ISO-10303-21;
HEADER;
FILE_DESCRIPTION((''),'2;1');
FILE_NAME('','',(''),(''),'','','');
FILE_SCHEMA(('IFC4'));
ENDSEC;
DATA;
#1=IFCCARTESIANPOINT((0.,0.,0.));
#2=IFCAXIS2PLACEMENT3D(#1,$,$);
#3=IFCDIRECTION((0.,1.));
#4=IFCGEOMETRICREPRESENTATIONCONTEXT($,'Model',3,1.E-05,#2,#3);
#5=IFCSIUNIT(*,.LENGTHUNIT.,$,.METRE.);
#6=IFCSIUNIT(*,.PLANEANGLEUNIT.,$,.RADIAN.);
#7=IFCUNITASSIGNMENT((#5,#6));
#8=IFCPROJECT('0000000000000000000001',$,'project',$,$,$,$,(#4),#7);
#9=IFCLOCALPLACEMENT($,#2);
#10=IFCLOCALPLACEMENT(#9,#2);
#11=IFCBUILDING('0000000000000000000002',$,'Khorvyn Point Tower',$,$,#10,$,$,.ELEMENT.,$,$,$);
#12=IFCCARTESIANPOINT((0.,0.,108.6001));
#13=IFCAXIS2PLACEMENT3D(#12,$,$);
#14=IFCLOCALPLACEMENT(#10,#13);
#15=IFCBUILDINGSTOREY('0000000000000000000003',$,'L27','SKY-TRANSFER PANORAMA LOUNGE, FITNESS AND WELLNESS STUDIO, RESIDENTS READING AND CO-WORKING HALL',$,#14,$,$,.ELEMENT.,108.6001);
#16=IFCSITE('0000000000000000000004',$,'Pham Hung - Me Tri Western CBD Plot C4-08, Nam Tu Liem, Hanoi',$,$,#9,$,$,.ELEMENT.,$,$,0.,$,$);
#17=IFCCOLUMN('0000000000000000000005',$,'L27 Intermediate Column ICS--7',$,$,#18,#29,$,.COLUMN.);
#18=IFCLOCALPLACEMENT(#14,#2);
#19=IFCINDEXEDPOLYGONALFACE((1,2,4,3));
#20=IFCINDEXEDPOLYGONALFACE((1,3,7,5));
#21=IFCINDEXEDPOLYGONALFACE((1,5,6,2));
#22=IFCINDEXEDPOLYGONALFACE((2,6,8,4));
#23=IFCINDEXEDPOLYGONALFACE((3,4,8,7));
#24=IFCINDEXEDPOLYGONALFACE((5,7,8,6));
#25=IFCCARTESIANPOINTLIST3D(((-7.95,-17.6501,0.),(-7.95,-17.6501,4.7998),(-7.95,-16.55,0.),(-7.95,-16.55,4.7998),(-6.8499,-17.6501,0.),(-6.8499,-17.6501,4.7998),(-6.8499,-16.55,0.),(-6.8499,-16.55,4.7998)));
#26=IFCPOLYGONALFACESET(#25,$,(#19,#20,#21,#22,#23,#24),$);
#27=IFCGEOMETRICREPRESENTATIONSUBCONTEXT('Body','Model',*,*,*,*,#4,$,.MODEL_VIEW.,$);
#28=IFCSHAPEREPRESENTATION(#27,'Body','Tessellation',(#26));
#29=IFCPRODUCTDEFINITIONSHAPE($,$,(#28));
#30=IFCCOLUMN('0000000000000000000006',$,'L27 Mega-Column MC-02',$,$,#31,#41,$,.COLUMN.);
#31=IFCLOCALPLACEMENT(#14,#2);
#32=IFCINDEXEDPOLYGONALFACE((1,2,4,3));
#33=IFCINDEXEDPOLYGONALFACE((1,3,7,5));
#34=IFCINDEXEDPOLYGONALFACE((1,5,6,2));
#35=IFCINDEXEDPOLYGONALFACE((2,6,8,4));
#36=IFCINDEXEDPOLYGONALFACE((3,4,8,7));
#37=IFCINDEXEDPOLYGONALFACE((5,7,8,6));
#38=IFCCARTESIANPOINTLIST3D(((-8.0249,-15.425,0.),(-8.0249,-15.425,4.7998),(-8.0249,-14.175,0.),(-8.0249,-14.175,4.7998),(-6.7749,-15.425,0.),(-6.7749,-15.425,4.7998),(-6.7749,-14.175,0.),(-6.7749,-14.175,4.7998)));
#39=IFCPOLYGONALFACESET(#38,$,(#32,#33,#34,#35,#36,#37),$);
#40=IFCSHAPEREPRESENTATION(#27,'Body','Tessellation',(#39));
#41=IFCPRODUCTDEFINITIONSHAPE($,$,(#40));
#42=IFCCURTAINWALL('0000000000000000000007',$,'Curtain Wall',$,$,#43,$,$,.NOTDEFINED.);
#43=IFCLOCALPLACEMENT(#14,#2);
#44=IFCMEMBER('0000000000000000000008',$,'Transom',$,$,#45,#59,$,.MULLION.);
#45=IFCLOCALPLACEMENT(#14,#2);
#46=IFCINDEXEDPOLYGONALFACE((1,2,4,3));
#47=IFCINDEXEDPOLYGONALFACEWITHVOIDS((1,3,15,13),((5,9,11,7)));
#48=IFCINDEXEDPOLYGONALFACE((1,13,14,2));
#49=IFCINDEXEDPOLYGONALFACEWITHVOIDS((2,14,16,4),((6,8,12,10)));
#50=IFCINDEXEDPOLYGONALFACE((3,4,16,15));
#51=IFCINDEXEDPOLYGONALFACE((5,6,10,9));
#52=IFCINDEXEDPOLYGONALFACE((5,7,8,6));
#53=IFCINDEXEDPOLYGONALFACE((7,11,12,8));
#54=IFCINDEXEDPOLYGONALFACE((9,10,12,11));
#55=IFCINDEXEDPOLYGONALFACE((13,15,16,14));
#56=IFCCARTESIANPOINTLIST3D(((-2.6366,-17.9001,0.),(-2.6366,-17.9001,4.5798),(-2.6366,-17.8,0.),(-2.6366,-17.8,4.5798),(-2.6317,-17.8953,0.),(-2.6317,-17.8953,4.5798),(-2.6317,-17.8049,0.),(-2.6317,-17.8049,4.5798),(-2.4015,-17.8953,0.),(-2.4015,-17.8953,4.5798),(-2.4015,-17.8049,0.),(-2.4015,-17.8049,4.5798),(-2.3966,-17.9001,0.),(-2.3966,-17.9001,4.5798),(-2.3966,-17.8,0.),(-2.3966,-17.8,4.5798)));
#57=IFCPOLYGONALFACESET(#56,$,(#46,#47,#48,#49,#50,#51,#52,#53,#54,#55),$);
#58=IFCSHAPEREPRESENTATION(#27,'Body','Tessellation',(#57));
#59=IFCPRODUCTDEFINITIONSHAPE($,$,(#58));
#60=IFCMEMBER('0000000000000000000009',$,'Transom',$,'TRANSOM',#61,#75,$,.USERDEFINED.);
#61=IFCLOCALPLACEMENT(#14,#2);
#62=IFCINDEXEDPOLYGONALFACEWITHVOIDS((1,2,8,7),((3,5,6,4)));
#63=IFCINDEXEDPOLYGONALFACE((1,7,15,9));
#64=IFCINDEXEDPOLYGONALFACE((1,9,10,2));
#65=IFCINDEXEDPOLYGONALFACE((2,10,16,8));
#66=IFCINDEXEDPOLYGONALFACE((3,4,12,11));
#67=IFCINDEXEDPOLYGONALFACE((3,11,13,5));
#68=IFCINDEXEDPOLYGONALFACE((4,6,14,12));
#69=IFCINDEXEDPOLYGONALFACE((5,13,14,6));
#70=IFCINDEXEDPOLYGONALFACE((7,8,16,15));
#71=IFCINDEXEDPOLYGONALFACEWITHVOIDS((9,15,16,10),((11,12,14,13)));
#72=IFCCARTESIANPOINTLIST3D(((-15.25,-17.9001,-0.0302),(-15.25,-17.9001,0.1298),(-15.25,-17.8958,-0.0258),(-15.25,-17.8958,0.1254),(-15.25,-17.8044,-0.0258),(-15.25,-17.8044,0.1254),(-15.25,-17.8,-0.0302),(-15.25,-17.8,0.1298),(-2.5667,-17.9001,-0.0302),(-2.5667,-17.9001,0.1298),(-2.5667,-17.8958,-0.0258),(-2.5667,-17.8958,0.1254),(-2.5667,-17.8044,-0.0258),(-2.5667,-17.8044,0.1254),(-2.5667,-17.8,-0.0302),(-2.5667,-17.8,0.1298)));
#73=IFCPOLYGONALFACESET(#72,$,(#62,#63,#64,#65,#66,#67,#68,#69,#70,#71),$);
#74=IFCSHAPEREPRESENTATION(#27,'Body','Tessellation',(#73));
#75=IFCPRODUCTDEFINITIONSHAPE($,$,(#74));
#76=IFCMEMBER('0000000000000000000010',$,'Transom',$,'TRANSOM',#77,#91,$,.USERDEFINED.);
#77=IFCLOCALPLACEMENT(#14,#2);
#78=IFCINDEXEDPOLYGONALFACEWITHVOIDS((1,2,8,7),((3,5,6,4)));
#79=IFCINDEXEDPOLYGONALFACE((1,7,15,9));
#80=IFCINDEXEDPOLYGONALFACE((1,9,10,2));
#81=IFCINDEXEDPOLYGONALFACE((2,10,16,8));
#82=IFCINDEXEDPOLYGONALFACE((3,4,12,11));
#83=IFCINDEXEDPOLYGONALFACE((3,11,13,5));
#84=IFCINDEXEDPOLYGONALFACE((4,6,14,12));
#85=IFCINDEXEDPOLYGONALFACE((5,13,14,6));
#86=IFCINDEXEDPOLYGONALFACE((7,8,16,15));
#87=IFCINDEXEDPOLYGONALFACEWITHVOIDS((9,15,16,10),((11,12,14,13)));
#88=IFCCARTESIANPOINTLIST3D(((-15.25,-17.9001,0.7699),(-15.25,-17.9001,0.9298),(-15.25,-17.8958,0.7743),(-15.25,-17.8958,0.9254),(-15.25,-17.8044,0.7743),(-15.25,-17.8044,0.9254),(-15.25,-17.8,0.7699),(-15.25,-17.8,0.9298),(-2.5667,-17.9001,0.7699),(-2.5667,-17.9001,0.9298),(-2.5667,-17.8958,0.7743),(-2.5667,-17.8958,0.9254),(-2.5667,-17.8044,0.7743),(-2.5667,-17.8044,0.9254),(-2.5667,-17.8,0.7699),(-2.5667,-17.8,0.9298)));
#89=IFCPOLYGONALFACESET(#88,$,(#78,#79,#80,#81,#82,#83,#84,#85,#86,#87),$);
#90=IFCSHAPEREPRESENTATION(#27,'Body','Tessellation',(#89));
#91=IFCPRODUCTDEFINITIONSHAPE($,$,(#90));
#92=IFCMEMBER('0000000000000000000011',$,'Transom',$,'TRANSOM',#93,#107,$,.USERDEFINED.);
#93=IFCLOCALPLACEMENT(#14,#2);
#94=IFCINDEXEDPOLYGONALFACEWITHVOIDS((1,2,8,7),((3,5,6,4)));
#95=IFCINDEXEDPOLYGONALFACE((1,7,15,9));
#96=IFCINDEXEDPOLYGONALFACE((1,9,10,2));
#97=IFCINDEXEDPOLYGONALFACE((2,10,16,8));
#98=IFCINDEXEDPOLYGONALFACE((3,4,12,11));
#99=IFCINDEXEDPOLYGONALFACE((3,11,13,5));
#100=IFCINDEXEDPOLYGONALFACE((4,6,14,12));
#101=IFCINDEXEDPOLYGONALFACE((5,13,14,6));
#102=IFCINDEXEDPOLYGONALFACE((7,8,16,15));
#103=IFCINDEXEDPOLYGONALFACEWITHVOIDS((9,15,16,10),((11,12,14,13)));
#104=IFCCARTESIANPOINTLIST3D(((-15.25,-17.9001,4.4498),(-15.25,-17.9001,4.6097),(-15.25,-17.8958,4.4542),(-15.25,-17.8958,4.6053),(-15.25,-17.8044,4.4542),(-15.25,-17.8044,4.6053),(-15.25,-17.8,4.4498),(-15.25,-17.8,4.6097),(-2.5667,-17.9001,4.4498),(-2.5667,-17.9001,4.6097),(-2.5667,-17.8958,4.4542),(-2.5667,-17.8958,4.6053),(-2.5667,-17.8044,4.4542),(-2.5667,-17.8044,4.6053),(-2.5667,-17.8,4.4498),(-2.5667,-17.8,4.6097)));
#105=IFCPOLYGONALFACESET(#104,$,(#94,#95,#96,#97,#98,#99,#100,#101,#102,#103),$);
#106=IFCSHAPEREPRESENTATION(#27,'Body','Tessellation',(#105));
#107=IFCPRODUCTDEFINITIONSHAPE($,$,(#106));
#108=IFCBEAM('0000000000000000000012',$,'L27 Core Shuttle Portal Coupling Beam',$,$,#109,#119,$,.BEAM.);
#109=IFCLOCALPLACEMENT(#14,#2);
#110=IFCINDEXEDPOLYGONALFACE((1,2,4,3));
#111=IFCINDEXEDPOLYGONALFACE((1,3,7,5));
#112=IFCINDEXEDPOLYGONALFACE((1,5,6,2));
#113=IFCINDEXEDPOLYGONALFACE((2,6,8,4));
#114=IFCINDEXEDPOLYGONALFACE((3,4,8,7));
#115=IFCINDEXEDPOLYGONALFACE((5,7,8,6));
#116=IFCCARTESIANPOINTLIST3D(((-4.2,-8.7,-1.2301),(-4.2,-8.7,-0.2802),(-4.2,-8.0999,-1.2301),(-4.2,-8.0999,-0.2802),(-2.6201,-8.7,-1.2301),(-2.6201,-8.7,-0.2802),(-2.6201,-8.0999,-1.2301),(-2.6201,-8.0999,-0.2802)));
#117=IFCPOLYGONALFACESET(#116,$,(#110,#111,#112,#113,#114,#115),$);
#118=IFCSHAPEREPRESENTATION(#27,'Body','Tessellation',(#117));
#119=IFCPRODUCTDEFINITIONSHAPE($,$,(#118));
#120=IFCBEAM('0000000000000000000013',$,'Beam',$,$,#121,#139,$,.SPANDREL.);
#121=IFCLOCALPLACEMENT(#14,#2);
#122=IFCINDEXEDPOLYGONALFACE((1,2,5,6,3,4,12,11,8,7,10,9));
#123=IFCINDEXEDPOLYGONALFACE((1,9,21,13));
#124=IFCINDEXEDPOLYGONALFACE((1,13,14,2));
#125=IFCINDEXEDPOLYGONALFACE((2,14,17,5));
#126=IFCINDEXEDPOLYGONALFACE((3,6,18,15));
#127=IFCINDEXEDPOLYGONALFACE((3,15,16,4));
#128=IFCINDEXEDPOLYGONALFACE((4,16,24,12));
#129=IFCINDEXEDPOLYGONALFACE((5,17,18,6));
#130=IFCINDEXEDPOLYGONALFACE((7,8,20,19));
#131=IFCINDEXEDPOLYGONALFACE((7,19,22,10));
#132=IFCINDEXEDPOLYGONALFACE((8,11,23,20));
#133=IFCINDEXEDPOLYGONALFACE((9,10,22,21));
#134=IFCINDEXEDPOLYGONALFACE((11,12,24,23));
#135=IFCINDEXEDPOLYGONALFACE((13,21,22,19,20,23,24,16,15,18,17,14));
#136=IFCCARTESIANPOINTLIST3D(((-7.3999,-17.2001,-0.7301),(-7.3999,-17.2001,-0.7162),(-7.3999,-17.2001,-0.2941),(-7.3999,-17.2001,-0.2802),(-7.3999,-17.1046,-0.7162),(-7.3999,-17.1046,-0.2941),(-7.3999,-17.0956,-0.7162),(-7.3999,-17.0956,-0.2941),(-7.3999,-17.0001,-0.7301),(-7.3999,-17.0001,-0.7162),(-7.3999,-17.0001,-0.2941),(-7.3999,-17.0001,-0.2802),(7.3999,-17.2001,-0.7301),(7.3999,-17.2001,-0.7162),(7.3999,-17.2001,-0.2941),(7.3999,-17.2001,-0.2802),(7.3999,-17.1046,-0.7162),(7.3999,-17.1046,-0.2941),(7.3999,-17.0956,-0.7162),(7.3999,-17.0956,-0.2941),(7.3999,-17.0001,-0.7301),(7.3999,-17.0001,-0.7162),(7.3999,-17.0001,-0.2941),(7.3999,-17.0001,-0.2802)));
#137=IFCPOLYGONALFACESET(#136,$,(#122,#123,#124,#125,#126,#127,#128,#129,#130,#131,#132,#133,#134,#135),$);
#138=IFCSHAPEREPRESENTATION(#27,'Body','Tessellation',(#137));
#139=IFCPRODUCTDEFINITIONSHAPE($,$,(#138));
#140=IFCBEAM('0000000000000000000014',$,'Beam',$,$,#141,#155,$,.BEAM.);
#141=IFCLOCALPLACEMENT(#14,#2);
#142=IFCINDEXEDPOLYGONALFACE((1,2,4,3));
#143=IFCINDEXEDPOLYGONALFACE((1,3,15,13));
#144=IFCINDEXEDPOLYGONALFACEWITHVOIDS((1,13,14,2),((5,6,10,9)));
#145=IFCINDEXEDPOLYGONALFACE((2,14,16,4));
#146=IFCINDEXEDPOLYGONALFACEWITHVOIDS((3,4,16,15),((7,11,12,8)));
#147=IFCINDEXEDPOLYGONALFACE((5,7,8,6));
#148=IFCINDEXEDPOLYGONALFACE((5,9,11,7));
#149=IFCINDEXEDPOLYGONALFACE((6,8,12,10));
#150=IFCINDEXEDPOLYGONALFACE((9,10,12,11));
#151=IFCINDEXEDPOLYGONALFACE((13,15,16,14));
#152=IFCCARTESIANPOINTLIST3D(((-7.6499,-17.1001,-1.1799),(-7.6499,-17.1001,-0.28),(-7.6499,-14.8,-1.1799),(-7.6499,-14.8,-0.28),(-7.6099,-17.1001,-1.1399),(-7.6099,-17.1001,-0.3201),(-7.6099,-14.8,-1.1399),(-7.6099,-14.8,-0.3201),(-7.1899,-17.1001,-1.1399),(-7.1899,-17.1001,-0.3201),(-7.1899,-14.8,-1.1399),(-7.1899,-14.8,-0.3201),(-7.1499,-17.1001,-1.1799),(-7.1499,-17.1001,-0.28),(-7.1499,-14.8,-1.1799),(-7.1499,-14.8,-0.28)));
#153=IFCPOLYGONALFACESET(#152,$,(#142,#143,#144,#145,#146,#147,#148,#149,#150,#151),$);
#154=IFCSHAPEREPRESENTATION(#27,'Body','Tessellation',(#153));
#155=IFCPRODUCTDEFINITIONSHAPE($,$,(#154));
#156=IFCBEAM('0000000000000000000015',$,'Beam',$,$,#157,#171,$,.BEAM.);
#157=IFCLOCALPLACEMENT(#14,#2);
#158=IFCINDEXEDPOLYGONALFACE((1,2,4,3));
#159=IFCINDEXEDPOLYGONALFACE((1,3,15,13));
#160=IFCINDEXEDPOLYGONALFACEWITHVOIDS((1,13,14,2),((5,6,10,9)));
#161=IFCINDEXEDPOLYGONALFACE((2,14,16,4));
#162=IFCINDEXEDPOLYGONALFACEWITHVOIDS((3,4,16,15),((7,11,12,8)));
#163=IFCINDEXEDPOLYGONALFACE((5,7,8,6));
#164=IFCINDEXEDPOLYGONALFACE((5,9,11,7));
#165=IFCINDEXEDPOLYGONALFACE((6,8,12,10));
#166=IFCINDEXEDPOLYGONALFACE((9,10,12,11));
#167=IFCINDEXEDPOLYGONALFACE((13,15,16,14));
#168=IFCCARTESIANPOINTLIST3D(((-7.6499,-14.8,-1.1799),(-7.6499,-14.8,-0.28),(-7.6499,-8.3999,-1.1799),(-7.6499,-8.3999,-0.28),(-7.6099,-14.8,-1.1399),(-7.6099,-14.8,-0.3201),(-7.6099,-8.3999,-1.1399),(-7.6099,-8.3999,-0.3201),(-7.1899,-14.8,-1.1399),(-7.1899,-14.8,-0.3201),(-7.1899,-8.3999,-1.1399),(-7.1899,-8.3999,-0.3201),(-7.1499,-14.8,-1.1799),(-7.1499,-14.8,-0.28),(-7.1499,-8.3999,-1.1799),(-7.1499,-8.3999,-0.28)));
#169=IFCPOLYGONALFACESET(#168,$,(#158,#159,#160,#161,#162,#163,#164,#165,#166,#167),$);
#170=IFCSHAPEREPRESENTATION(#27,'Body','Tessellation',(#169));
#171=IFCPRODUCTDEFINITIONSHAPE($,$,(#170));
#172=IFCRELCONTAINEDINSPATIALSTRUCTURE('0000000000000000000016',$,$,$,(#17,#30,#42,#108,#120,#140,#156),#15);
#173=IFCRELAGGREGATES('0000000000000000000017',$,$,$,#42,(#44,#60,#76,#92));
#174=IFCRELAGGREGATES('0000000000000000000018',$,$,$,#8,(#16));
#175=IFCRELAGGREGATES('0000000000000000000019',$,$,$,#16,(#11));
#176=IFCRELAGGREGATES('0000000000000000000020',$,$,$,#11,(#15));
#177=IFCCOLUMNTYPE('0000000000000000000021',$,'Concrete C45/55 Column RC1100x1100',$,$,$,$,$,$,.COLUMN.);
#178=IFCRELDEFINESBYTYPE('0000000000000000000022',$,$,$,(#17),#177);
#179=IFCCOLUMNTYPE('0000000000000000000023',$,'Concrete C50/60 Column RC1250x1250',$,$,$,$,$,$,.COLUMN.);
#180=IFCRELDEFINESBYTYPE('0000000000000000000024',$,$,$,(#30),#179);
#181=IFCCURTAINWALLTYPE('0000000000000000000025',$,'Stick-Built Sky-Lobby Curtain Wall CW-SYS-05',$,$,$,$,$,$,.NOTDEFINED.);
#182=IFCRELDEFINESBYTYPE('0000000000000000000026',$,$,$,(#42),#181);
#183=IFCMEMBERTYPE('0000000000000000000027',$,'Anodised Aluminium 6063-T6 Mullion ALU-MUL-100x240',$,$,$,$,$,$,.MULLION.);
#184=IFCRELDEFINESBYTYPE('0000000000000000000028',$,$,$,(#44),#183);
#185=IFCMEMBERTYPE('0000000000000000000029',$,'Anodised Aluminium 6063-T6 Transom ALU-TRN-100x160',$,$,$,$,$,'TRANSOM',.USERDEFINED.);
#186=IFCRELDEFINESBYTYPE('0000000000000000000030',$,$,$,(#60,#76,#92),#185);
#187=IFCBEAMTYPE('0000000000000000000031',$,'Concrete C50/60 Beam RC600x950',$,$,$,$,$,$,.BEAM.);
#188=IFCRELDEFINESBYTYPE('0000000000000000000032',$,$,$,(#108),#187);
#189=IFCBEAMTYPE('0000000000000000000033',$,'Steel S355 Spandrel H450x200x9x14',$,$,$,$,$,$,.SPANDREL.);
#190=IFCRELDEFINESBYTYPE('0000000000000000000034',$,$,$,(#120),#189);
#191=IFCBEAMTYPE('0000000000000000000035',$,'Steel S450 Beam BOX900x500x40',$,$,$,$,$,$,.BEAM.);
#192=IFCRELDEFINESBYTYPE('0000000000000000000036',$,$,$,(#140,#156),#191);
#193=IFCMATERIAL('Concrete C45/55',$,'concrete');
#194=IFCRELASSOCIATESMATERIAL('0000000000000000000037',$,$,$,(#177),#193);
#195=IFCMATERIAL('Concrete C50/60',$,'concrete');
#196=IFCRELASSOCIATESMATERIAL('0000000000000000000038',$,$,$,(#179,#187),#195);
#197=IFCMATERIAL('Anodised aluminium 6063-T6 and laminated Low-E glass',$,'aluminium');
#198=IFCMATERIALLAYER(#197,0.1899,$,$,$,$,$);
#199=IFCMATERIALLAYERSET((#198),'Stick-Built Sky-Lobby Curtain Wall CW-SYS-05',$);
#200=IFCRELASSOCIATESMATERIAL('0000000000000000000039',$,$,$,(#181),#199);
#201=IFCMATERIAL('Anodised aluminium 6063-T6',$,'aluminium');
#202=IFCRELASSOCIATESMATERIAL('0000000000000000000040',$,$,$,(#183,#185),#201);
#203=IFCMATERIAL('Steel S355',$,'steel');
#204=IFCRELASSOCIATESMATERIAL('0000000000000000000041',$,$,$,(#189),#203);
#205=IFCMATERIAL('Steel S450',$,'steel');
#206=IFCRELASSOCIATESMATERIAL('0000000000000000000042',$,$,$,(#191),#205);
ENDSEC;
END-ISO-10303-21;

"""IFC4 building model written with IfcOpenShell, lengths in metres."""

from ifc_helpers import new_model, si_unit, direction, frame, origin, origin_2d, place, context, subcontext, project, spatial, rectangle, hollow_rectangle, i_section, extrude, material, layer, layer_set, material_profile, profile_set, type_object, element, aggregate, save


model = new_model("IFC4")

# Units and contexts
model_context = context("Model", 3, precision=1e-05, world=origin(), true_north=direction((0.0, 1.0)))
body_context = subcontext(model_context, "Body", "Model", "MODEL_VIEW")
ifc_project = project(units=[si_unit("LENGTHUNIT", "METRE"), si_unit("PLANEANGLEUNIT", "RADIAN")], contexts=[model_context])

# Site, building, storey
site_placement = place(None, origin())
site = spatial("IfcSite", under=ifc_project, at=site_placement, Name="Pham Hung - Me Tri Western CBD Plot C4-08, Nam Tu Liem, Hanoi", CompositionType="ELEMENT", RefElevation=0.0)
building_placement = place(site_placement, origin())
building = spatial("IfcBuilding", under=site, at=building_placement, Name="Khorvyn Point Tower", CompositionType="ELEMENT")
storey_placement = place(building_placement, frame((0.0, 0.0, 108.6001)))
storey = spatial("IfcBuildingStorey", under=building, at=storey_placement, Name="L27", Description="SKY-TRANSFER PANORAMA LOUNGE, FITNESS AND WELLNESS STUDIO, RESIDENTS READING AND CO-WORKING HALL", CompositionType="ELEMENT", Elevation=108.6001)

# Columns
ifc_material_1 = material(Name="Concrete C45/55", Category="concrete")
ifc_material_profile_1 = material_profile(ifc_material_1, rectangle(XDim=1.1001, YDim=1.1001, at=origin_2d()))
ifc_profile_set_1 = profile_set([ifc_material_profile_1], Name="Concrete C45/55 RC1100x1100")
column_type_1 = type_object("IfcColumnType", Name="Concrete C45/55 Column RC1100x1100", PredefinedType="COLUMN", material=ifc_profile_set_1)
column_1_placement = place(storey_placement, frame((-7.3999, -17.1001, 0.0), z_axis=(0.0, 0.0, 1.0), x_axis=(1.0, 0.0, 0.0)))
element("IfcColumn", 1, at=column_1_placement, inside=storey, type_object=column_type_1, Name="L27 Intermediate Column ICS--7", PredefinedType="COLUMN", context=body_context, shape_type="SweptSolid", body=[
    extrude(rectangle(XDim=1.1001, YDim=1.1001, at=origin_2d()), origin(), (0.0, 0.0, 1.0), 4.7998),
])
ifc_material_2 = material(Name="Concrete C50/60", Category="concrete")
ifc_material_profile_2 = material_profile(ifc_material_2, rectangle(XDim=1.25, YDim=1.25, at=origin_2d()))
ifc_profile_set_2 = profile_set([ifc_material_profile_2], Name="Concrete C50/60 RC1250x1250")
column_type_2 = type_object("IfcColumnType", Name="Concrete C50/60 Column RC1250x1250", PredefinedType="COLUMN", material=ifc_profile_set_2)
column_2_placement = place(storey_placement, frame((-7.3999, -14.8, 0.0), z_axis=(0.0, 0.0, 1.0), x_axis=(1.0, 0.0, 0.0)))
element("IfcColumn", 2, at=column_2_placement, inside=storey, type_object=column_type_2, Name="L27 Mega-Column MC-02", PredefinedType="COLUMN", context=body_context, shape_type="SweptSolid", body=[
    extrude(rectangle(XDim=1.25, YDim=1.25, at=origin_2d()), origin(), (0.0, 0.0, 1.0), 4.7998),
])

# Curtain wall, members
ifc_material_3 = material(Name="Anodised aluminium 6063-T6 and laminated Low-E glass", Category="aluminium")
ifc_layer_1 = layer(ifc_material_3, 0.1899)
ifc_layer_set_1 = layer_set([ifc_layer_1], Name="Stick-Built Sky-Lobby Curtain Wall CW-SYS-05")
curtain_wall_type = type_object("IfcCurtainWallType", Name="Stick-Built Sky-Lobby Curtain Wall CW-SYS-05", PredefinedType="NOTDEFINED", material=ifc_layer_set_1)
curtain_wall_placement = place(storey_placement, origin())
curtain_wall = element("IfcCurtainWall", 3, at=curtain_wall_placement, inside=storey, type_object=curtain_wall_type, Name="Curtain Wall", PredefinedType="NOTDEFINED")
ifc_material_4 = material(Name="Anodised aluminium 6063-T6", Category="aluminium")
ifc_material_profile_3 = material_profile(ifc_material_4, hollow_rectangle(XDim=0.1001, YDim=0.24, WallThickness=0.0049, at=origin_2d()))
ifc_profile_set_3 = profile_set([ifc_material_profile_3], Name="Anodised aluminium 6063-T6 ALU-MUL-100x240")
member_type_1 = type_object("IfcMemberType", Name="Anodised Aluminium 6063-T6 Mullion ALU-MUL-100x240", PredefinedType="MULLION", material=ifc_profile_set_3)
member_1_placement = place(storey_placement, frame((-2.5166, -17.8501, 0.0), z_axis=(0.0, 0.0, 1.0), x_axis=(0.0, -1.0, 0.0)))
member_1 = element("IfcMember", 4, at=member_1_placement, type_object=member_type_1, Name="Transom", PredefinedType="MULLION", context=body_context, shape_type="SweptSolid", body=[
    extrude(hollow_rectangle(XDim=0.1001, YDim=0.24, WallThickness=0.0049, at=origin_2d()), origin(), (0.0, 0.0, 1.0), 4.5798),
])
ifc_material_profile_4 = material_profile(ifc_material_4, hollow_rectangle(XDim=0.1001, YDim=0.1599, WallThickness=0.0044, at=origin_2d()))
ifc_profile_set_4 = profile_set([ifc_material_profile_4], Name="Anodised aluminium 6063-T6 ALU-TRN-100x160")
member_type_2 = type_object("IfcMemberType", Name="Anodised Aluminium 6063-T6 Transom ALU-TRN-100x160", ElementType="TRANSOM", PredefinedType="USERDEFINED", material=ifc_profile_set_4)
member_2_placement = place(storey_placement, frame((-2.5667, -17.8501, 0.0498), z_axis=(-1.0, 0.0, 0.0), x_axis=(0.0, -1.0, 0.0)))
member_2 = element("IfcMember", 5, at=member_2_placement, type_object=member_type_2, Name="Transom", ObjectType="TRANSOM", PredefinedType="USERDEFINED", context=body_context, shape_type="SweptSolid", body=[
    extrude(hollow_rectangle(XDim=0.1001, YDim=0.1599, WallThickness=0.0044, at=origin_2d()), origin(), (0.0, 0.0, 1.0), 12.6833),
])
member_3_placement = place(storey_placement, frame((-2.5667, -17.8501, 0.8499), z_axis=(-1.0, 0.0, 0.0), x_axis=(0.0, -1.0, 0.0)))
member_3 = element("IfcMember", 6, at=member_3_placement, type_object=member_type_2, Name="Transom", ObjectType="TRANSOM", PredefinedType="USERDEFINED", context=body_context, shape_type="SweptSolid", body=[
    extrude(hollow_rectangle(XDim=0.1001, YDim=0.1599, WallThickness=0.0044, at=origin_2d()), origin(), (0.0, 0.0, 1.0), 12.6833),
])
member_4_placement = place(storey_placement, frame((-2.5667, -17.8501, 4.5298), z_axis=(-1.0, 0.0, 0.0), x_axis=(0.0, -1.0, 0.0)))
member_4 = element("IfcMember", 7, at=member_4_placement, type_object=member_type_2, Name="Transom", ObjectType="TRANSOM", PredefinedType="USERDEFINED", context=body_context, shape_type="SweptSolid", body=[
    extrude(hollow_rectangle(XDim=0.1001, YDim=0.1599, WallThickness=0.0044, at=origin_2d()), origin(), (0.0, 0.0, 1.0), 12.6833),
])
aggregate(curtain_wall, [member_1, member_2, member_3, member_4])

# Beams
ifc_material_profile_5 = material_profile(ifc_material_2, rectangle(XDim=0.6001, YDim=0.95, at=origin_2d()))
ifc_profile_set_5 = profile_set([ifc_material_profile_5], Name="Concrete C50/60 RC600x950")
beam_type_1 = type_object("IfcBeamType", Name="Concrete C50/60 Beam RC600x950", PredefinedType="BEAM", material=ifc_profile_set_5)
beam_1_placement = place(storey_placement, frame((-4.2, -8.3999, -0.7551), z_axis=(1.0, 0.0, 0.0), x_axis=(0.0, 1.0, 0.0)))
element("IfcBeam", 8, at=beam_1_placement, inside=storey, type_object=beam_type_1, Name="L27 Core Shuttle Portal Coupling Beam", PredefinedType="BEAM", context=body_context, shape_type="SweptSolid", body=[
    extrude(rectangle(XDim=0.6001, YDim=0.95, at=origin_2d()), origin(), (0.0, 0.0, 1.0), 1.5798),
])
ifc_material_5 = material(Name="Steel S355", Category="steel")
ifc_material_profile_6 = material_profile(ifc_material_5, i_section(OverallWidth=0.2, OverallDepth=0.45, WebThickness=0.009, FlangeThickness=0.0139, at=origin_2d()))
ifc_profile_set_6 = profile_set([ifc_material_profile_6], Name="Steel S355 H450x200x9x14")
beam_type_2 = type_object("IfcBeamType", Name="Steel S355 Spandrel H450x200x9x14", PredefinedType="SPANDREL", material=ifc_profile_set_6)
beam_2_placement = place(storey_placement, frame((-7.3999, -17.1001, -0.5051), z_axis=(1.0, 0.0, 0.0), x_axis=(0.0, 1.0, 0.0)))
element("IfcBeam", 9, at=beam_2_placement, inside=storey, type_object=beam_type_2, Name="Beam", PredefinedType="SPANDREL", context=body_context, shape_type="SweptSolid", body=[
    extrude(i_section(OverallWidth=0.2, OverallDepth=0.45, WebThickness=0.009, FlangeThickness=0.0139, at=origin_2d()), origin(), (0.0, 0.0, 1.0), 14.7998),
])
ifc_material_6 = material(Name="Steel S450", Category="steel")
ifc_material_profile_7 = material_profile(ifc_material_6, hollow_rectangle(XDim=0.5, YDim=0.8999, WallThickness=0.04, at=origin_2d()))
ifc_profile_set_7 = profile_set([ifc_material_profile_7], Name="Steel S450 BOX900x500x40")
beam_type_3 = type_object("IfcBeamType", Name="Steel S450 Beam BOX900x500x40", PredefinedType="BEAM", material=ifc_profile_set_7)
beam_3_placement = place(storey_placement, frame((-7.3999, -17.1001, -0.73), z_axis=(0.0, 1.0, 0.0), x_axis=(-1.0, 0.0, 0.0)))
element("IfcBeam", 10, at=beam_3_placement, inside=storey, type_object=beam_type_3, Name="Beam", PredefinedType="BEAM", context=body_context, shape_type="SweptSolid", body=[
    extrude(hollow_rectangle(XDim=0.5, YDim=0.8999, WallThickness=0.04, at=origin_2d()), origin(), (0.0, 0.0, 1.0), 2.3),
])
beam_4_placement = place(storey_placement, frame((-7.3999, -14.8, -0.73), z_axis=(0.0, 1.0, 0.0), x_axis=(-1.0, 0.0, 0.0)))
element("IfcBeam", 11, at=beam_4_placement, inside=storey, type_object=beam_type_3, Name="Beam", PredefinedType="BEAM", context=body_context, shape_type="SweptSolid", body=[
    extrude(hollow_rectangle(XDim=0.5, YDim=0.8999, WallThickness=0.04, at=origin_2d()), origin(), (0.0, 0.0, 1.0), 6.4001),
])

save(model, "model.ifc")
